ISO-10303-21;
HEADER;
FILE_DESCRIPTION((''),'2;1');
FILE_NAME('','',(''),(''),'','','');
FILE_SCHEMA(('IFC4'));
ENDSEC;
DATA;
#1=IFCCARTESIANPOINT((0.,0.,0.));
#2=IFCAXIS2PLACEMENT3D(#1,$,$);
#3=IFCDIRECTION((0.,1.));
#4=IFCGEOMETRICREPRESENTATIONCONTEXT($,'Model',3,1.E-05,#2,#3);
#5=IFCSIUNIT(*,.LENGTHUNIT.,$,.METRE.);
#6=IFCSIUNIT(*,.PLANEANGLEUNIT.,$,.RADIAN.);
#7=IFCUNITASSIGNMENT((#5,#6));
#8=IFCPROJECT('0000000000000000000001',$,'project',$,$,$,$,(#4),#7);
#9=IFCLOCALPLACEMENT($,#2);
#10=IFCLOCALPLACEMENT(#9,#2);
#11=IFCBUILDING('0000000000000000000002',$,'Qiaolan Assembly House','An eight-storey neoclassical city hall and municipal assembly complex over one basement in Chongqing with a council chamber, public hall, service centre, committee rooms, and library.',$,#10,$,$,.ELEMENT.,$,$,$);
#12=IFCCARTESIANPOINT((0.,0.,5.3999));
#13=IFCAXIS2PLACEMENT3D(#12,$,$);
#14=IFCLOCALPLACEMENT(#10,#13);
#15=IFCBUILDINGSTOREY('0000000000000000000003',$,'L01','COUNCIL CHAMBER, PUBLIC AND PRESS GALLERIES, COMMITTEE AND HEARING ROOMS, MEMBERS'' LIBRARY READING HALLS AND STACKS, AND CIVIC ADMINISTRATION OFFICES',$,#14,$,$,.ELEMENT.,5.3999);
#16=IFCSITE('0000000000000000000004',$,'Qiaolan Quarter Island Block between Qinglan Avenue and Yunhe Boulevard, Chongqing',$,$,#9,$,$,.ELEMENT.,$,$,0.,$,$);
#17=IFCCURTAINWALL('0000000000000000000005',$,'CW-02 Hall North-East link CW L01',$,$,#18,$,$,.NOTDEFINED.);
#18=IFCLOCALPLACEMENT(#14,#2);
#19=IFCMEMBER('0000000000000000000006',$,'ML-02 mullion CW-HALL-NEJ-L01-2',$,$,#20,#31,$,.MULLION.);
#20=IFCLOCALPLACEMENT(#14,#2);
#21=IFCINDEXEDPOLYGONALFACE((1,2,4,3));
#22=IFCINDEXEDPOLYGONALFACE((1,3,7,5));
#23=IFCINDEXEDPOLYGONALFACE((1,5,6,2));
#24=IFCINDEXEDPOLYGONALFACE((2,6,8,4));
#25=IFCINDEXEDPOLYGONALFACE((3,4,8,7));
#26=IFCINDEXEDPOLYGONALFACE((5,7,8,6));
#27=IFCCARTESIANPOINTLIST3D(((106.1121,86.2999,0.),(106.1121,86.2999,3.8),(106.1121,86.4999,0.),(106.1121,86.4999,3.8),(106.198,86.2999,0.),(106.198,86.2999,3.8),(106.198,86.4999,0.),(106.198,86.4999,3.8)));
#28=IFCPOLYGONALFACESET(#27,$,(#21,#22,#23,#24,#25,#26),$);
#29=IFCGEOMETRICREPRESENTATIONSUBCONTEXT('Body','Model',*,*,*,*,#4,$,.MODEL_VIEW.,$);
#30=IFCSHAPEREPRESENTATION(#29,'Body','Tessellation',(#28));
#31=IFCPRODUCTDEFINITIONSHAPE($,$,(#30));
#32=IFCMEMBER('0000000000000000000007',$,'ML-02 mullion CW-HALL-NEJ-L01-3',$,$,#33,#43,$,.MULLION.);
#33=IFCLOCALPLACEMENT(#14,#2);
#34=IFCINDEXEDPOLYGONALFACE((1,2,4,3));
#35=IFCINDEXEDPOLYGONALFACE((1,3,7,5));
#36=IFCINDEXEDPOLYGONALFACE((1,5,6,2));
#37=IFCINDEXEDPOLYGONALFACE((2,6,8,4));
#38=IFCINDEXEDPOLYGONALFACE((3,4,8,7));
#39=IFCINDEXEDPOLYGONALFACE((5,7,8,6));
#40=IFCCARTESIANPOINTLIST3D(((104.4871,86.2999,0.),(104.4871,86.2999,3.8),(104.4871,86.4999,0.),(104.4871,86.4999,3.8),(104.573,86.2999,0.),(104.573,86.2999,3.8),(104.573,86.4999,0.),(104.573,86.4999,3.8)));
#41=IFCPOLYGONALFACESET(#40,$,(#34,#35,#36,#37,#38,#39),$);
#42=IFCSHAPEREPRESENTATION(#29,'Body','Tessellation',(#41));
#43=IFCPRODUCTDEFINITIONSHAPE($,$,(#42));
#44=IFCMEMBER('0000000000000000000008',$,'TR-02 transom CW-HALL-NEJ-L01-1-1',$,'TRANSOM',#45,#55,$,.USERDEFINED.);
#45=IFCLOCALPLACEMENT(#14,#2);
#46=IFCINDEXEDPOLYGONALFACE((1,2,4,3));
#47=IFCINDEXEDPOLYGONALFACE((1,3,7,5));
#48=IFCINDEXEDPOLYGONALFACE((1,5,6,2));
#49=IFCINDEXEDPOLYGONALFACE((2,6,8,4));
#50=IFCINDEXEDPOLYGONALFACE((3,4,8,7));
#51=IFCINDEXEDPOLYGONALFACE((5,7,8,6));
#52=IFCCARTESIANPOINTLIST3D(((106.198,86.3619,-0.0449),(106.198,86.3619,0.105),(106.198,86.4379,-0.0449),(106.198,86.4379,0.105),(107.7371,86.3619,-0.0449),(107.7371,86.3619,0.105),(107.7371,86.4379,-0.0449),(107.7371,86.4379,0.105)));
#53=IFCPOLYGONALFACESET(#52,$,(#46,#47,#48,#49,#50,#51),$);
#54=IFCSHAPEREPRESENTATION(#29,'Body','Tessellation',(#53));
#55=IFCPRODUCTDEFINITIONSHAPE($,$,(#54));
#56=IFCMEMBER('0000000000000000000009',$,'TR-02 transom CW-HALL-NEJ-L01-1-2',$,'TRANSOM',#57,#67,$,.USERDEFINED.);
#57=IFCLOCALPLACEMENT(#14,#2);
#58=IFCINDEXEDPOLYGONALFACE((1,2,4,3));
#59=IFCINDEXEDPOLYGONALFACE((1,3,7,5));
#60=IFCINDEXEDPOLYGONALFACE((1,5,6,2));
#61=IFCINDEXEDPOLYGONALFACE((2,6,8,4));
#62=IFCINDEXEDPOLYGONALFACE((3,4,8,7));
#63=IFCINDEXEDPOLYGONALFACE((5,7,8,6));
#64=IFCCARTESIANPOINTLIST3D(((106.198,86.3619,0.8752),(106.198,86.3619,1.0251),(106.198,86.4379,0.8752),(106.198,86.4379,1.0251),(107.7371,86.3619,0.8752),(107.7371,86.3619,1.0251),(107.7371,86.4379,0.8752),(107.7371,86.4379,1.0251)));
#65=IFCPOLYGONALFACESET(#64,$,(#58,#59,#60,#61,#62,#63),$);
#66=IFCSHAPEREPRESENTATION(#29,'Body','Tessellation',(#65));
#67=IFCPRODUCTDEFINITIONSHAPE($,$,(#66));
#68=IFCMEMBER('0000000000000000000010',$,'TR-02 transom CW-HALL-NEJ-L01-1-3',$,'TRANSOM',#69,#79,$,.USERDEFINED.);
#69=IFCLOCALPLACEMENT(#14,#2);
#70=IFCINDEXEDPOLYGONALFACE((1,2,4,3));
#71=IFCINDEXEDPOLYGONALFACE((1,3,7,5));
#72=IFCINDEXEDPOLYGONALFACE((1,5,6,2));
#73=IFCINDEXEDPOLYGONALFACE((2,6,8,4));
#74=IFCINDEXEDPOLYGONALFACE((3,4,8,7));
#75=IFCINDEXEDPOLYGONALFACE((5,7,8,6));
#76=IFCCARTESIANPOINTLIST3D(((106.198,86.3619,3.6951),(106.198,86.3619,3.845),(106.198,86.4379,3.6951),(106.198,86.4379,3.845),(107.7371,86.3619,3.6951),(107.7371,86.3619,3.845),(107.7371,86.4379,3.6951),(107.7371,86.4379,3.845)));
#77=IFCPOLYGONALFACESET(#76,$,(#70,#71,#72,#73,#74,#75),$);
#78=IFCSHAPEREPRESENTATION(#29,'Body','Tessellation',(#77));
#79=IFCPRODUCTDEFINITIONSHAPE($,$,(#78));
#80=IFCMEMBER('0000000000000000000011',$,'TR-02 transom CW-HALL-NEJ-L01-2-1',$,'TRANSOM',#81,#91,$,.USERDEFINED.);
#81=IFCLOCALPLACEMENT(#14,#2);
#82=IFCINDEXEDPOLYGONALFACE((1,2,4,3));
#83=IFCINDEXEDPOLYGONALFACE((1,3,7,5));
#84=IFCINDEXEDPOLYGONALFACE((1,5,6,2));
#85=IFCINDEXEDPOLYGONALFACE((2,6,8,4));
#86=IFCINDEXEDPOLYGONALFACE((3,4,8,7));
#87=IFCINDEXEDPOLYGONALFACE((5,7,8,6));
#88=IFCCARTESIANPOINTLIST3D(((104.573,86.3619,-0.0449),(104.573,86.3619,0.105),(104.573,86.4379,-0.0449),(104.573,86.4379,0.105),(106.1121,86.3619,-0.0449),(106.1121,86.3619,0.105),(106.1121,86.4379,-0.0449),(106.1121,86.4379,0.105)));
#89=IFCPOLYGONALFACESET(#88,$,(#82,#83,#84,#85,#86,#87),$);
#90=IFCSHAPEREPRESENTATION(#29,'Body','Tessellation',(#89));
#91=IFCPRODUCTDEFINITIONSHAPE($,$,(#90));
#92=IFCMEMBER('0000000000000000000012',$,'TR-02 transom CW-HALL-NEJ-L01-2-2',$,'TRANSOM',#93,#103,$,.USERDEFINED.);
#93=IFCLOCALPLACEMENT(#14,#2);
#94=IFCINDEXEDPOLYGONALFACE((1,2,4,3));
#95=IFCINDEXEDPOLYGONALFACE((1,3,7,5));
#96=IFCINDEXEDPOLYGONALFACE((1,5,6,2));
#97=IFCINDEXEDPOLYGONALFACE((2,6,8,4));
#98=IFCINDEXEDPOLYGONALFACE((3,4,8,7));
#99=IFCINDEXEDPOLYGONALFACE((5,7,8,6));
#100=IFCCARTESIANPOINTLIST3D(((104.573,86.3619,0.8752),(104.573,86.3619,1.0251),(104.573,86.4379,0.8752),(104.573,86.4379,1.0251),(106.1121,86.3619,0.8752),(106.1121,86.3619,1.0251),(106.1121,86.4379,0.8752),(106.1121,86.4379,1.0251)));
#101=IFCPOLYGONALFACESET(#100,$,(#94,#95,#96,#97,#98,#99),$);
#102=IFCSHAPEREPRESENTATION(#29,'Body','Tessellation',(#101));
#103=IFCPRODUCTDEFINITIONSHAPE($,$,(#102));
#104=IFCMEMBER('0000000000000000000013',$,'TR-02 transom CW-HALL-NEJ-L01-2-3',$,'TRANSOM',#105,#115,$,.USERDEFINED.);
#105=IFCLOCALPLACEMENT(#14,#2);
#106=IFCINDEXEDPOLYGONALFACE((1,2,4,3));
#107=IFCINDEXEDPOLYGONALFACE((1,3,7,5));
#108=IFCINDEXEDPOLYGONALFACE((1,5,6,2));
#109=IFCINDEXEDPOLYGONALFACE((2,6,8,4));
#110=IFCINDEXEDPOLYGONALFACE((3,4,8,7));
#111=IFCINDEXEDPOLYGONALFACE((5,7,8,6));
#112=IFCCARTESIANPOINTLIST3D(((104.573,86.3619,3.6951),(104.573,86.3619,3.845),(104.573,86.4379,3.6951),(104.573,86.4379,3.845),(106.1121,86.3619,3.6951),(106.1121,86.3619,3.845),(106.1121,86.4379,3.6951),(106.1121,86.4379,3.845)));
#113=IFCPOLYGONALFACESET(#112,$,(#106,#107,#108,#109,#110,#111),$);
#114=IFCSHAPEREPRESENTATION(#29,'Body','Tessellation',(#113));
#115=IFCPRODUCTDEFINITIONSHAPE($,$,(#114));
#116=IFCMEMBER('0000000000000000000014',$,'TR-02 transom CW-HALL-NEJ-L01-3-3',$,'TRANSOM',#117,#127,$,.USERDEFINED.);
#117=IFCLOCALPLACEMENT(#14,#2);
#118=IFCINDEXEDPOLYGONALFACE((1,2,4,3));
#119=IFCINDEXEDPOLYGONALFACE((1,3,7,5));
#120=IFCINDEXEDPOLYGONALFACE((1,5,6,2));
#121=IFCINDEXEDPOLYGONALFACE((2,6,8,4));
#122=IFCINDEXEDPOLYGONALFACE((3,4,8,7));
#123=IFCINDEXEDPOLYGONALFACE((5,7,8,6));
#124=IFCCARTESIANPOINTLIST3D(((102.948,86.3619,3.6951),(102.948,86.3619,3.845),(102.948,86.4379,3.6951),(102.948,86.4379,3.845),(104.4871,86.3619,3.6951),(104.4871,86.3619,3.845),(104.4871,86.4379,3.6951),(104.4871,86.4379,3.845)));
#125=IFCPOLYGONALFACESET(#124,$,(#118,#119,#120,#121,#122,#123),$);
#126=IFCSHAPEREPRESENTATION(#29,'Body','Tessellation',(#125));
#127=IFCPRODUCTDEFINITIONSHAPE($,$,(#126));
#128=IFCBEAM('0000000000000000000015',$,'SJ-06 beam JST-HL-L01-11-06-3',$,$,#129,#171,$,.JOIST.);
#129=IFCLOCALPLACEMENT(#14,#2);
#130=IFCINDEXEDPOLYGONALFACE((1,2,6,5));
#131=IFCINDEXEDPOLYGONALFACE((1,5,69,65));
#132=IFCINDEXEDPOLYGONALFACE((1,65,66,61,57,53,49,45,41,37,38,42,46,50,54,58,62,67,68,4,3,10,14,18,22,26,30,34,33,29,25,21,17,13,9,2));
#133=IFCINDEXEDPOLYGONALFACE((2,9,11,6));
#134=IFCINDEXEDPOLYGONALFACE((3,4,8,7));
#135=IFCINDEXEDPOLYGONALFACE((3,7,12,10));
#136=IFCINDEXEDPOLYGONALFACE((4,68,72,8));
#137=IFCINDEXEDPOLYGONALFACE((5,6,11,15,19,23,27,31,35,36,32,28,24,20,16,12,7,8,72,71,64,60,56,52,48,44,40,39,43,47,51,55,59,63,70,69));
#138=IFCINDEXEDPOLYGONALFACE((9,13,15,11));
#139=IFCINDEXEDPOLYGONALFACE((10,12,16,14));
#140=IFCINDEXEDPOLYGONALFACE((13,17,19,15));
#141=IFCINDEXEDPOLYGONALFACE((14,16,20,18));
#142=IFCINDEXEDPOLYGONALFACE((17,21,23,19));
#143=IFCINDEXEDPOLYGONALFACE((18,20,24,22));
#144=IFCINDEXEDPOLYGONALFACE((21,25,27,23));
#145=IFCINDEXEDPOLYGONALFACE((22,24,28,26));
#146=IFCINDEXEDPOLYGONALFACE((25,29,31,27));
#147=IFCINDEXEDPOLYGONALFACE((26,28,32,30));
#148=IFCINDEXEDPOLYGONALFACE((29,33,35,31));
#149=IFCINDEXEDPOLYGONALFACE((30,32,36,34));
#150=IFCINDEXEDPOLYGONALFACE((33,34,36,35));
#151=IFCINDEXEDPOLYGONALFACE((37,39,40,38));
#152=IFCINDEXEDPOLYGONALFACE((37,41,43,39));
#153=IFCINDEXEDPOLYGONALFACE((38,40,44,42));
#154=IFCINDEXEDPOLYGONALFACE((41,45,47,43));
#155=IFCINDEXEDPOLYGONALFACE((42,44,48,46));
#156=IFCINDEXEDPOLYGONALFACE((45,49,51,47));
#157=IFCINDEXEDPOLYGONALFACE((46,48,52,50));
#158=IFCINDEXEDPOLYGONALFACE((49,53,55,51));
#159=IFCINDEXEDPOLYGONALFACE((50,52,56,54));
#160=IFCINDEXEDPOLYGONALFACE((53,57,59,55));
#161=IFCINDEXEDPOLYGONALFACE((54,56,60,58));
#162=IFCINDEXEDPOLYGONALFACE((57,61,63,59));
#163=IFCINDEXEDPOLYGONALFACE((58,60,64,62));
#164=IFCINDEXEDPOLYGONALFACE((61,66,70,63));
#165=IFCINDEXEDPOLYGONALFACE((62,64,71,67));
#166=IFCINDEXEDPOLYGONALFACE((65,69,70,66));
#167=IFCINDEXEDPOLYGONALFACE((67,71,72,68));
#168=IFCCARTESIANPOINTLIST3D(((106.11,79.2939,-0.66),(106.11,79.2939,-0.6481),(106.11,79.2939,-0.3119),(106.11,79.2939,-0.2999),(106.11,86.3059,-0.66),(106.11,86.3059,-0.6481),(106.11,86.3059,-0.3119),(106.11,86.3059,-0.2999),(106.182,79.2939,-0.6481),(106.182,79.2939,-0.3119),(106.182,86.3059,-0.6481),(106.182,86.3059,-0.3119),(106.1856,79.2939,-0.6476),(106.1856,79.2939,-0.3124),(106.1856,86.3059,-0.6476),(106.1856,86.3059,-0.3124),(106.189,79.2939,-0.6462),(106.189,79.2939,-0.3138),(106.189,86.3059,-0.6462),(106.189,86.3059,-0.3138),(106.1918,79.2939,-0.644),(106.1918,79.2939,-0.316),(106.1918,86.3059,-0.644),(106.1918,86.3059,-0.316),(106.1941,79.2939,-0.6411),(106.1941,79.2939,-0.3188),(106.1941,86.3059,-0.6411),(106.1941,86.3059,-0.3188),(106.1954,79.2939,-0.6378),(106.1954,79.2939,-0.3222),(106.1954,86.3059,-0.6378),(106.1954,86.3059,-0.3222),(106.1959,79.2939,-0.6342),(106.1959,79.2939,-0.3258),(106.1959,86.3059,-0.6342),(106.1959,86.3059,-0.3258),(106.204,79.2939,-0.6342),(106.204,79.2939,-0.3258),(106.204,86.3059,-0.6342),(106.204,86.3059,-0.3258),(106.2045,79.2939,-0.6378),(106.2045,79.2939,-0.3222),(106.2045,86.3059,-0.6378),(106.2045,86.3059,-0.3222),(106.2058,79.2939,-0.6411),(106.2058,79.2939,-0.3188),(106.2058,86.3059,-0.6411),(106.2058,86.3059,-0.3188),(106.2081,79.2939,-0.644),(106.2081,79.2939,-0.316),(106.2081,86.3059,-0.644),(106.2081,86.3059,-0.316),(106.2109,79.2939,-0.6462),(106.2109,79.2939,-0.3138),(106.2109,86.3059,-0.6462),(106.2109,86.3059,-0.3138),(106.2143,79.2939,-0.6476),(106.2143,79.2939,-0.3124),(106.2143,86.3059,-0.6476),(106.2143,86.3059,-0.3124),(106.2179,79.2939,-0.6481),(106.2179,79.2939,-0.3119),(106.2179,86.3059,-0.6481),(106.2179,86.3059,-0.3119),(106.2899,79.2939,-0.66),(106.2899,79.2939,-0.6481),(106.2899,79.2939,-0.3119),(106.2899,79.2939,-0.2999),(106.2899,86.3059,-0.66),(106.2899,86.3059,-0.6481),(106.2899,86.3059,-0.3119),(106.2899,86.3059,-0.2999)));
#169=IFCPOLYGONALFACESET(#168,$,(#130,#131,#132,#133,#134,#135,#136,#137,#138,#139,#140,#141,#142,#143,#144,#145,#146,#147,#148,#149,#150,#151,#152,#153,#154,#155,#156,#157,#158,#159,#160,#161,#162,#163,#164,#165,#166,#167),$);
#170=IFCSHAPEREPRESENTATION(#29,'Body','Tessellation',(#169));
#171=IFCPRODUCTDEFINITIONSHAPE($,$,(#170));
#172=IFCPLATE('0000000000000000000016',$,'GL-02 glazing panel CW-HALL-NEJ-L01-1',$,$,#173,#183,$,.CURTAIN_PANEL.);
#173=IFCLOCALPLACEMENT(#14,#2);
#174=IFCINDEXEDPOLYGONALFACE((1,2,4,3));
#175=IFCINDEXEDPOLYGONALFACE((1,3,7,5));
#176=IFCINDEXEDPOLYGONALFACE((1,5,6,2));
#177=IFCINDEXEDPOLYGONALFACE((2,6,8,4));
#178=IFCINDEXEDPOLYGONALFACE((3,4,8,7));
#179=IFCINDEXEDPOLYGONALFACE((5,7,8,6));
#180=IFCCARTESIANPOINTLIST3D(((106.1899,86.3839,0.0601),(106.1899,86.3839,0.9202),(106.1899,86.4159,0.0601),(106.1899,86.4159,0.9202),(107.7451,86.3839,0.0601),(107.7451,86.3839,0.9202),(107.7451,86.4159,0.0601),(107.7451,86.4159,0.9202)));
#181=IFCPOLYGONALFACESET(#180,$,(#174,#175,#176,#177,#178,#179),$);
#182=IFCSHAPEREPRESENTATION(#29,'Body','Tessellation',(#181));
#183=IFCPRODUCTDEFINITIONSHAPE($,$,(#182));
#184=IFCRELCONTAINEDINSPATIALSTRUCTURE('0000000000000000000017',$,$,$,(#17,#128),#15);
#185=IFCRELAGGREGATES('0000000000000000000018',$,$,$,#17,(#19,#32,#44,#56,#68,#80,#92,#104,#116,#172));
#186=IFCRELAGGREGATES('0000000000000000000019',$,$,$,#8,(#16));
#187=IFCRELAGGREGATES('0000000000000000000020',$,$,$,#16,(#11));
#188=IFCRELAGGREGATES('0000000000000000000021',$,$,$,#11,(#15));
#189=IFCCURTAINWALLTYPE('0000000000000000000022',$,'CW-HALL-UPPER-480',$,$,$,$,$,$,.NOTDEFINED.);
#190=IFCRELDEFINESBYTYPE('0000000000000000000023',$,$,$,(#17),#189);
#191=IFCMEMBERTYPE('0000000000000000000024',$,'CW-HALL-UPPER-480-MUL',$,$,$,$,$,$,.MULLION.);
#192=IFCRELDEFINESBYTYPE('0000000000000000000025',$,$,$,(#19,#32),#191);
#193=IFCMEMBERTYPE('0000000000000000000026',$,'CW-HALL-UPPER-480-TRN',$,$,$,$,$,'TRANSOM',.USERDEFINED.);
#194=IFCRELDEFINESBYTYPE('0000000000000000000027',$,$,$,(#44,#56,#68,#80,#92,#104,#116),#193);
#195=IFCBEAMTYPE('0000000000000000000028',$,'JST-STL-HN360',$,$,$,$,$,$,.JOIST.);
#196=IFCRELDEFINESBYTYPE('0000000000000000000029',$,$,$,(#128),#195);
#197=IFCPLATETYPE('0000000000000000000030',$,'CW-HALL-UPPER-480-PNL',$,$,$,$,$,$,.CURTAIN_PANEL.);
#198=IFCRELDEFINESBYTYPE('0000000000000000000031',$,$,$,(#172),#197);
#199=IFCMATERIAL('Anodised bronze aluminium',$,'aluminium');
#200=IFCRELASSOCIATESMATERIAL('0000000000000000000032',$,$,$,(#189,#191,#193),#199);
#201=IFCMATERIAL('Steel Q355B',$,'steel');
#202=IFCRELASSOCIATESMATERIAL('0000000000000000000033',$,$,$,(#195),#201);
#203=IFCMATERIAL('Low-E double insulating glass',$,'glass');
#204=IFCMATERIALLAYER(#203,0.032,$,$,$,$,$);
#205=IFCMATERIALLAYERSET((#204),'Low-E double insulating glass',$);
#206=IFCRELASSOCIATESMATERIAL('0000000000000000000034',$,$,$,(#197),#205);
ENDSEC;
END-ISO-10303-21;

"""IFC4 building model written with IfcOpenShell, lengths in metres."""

from ifc_helpers import new_model, si_unit, direction, frame, frame_2d, origin, origin_2d, place, context, subcontext, project, spatial, rectangle, i_section, extrude, material, layer, layer_set, material_profile, profile_set, type_object, element, aggregate, save


model = new_model("IFC4")

# Units and contexts
model_context = context("Model", 3, precision=1e-05, world=origin(), true_north=direction((0.0, 1.0)))
body_context = subcontext(model_context, "Body", "Model", "MODEL_VIEW")
ifc_project = project(units=[si_unit("LENGTHUNIT", "METRE"), si_unit("PLANEANGLEUNIT", "RADIAN")], contexts=[model_context])

# Site, building, storey
site_placement = place(None, origin())
site = spatial("IfcSite", under=ifc_project, at=site_placement, Name="Qiaolan Quarter Island Block between Qinglan Avenue and Yunhe Boulevard, Chongqing", CompositionType="ELEMENT", RefElevation=0.0)
building_placement = place(site_placement, origin())
building = spatial("IfcBuilding", under=site, at=building_placement, Name="Qiaolan Assembly House", Description="An eight-storey neoclassical city hall and municipal assembly complex over one basement in Chongqing with a council chamber, public hall, service centre, committee rooms, and library.", CompositionType="ELEMENT")
storey_placement = place(building_placement, frame((0.0, 0.0, 5.3999)))
storey = spatial("IfcBuildingStorey", under=building, at=storey_placement, Name="L01", Description="COUNCIL CHAMBER, PUBLIC AND PRESS GALLERIES, COMMITTEE AND HEARING ROOMS, MEMBERS' LIBRARY READING HALLS AND STACKS, AND CIVIC ADMINISTRATION OFFICES", CompositionType="ELEMENT", Elevation=5.3999)

# Shared definitions
ifc_material_1 = material(Name="Steel Q355B", Category="steel")

# Curtain wall, members
ifc_material_2 = material(Name="Anodised bronze aluminium", Category="aluminium")
curtain_wall_type_1 = type_object("IfcCurtainWallType", Name="CW-HALL-UPPER-480", PredefinedType="NOTDEFINED", material=ifc_material_2)
curtain_wall_1_placement = place(storey_placement, origin())
curtain_wall_1 = element("IfcCurtainWall", 1, at=curtain_wall_1_placement, inside=storey, type_object=curtain_wall_type_1, Name="CW-02 Hall North-East link CW L01", PredefinedType="NOTDEFINED")
ifc_material_profile_1 = material_profile(ifc_material_2, rectangle(XDim=0.0859, YDim=0.2, at=origin_2d()), Name="MUL 86x200")
ifc_profile_set_1 = profile_set([ifc_material_profile_1], Name="Anodised bronze aluminium")
member_type_1 = type_object("IfcMemberType", Name="CW-HALL-UPPER-480-MUL", PredefinedType="MULLION", material=ifc_profile_set_1)
member_1_placement = place(storey_placement, frame((106.155, 86.3999, 0.0), z_axis=(0.0, 0.0, 1.0), x_axis=(-1.0, 0.0, 0.0)))
member_1 = element("IfcMember", 2, at=member_1_placement, type_object=member_type_1, Name="ML-02 mullion CW-HALL-NEJ-L01-2", PredefinedType="MULLION", context=body_context, shape_type="SweptSolid", body=[
    extrude(rectangle(XDim=0.0859, YDim=0.2, at=origin_2d()), origin(), (0.0, 0.0, 1.0), 3.8),
])
member_2_placement = place(storey_placement, frame((104.53, 86.3999, 0.0), z_axis=(0.0, 0.0, 1.0), x_axis=(-1.0, 0.0, 0.0)))
member_2 = element("IfcMember", 3, at=member_2_placement, type_object=member_type_1, Name="ML-02 mullion CW-HALL-NEJ-L01-3", PredefinedType="MULLION", context=body_context, shape_type="SweptSolid", body=[
    extrude(rectangle(XDim=0.0859, YDim=0.2, at=origin_2d()), origin(), (0.0, 0.0, 1.0), 3.8),
])
ifc_material_profile_2 = material_profile(ifc_material_2, rectangle(XDim=0.0759, YDim=0.1499, at=origin_2d()), Name="TRN 76x150")
ifc_profile_set_2 = profile_set([ifc_material_profile_2], Name="Anodised bronze aluminium")
member_type_2 = type_object("IfcMemberType", Name="CW-HALL-UPPER-480-TRN", ElementType="TRANSOM", PredefinedType="USERDEFINED", material=ifc_profile_set_2)
member_3_placement = place(storey_placement, frame((107.7371, 86.3999, 0.03), z_axis=(-1.0, 0.0, 0.0), x_axis=(0.0, -1.0, 0.0)))
member_3 = element("IfcMember", 4, at=member_3_placement, type_object=member_type_2, Name="TR-02 transom CW-HALL-NEJ-L01-1-1", ObjectType="TRANSOM", PredefinedType="USERDEFINED", context=body_context, shape_type="SweptSolid", body=[
    extrude(rectangle(XDim=0.0759, YDim=0.1499, at=origin_2d()), origin(), (0.0, 0.0, 1.0), 1.5391),
])
member_4_placement = place(storey_placement, frame((107.7371, 86.3999, 0.9502), z_axis=(-1.0, 0.0, 0.0), x_axis=(0.0, -1.0, 0.0)))
member_4 = element("IfcMember", 5, at=member_4_placement, type_object=member_type_2, Name="TR-02 transom CW-HALL-NEJ-L01-1-2", ObjectType="TRANSOM", PredefinedType="USERDEFINED", context=body_context, shape_type="SweptSolid", body=[
    extrude(rectangle(XDim=0.0759, YDim=0.1499, at=origin_2d()), origin(), (0.0, 0.0, 1.0), 1.5391),
])
member_5_placement = place(storey_placement, frame((107.7371, 86.3999, 3.77), z_axis=(-1.0, 0.0, 0.0), x_axis=(0.0, -1.0, 0.0)))
member_5 = element("IfcMember", 6, at=member_5_placement, type_object=member_type_2, Name="TR-02 transom CW-HALL-NEJ-L01-1-3", ObjectType="TRANSOM", PredefinedType="USERDEFINED", context=body_context, shape_type="SweptSolid", body=[
    extrude(rectangle(XDim=0.0759, YDim=0.1499, at=origin_2d()), origin(), (0.0, 0.0, 1.0), 1.5391),
])
member_6_placement = place(storey_placement, frame((106.1121, 86.3999, 0.03), z_axis=(-1.0, 0.0, 0.0), x_axis=(0.0, -1.0, 0.0)))
member_6 = element("IfcMember", 7, at=member_6_placement, type_object=member_type_2, Name="TR-02 transom CW-HALL-NEJ-L01-2-1", ObjectType="TRANSOM", PredefinedType="USERDEFINED", context=body_context, shape_type="SweptSolid", body=[
    extrude(rectangle(XDim=0.0759, YDim=0.1499, at=origin_2d()), origin(), (0.0, 0.0, 1.0), 1.5391),
])
member_7_placement = place(storey_placement, frame((106.1121, 86.3999, 0.9502), z_axis=(-1.0, 0.0, 0.0), x_axis=(0.0, -1.0, 0.0)))
member_7 = element("IfcMember", 8, at=member_7_placement, type_object=member_type_2, Name="TR-02 transom CW-HALL-NEJ-L01-2-2", ObjectType="TRANSOM", PredefinedType="USERDEFINED", context=body_context, shape_type="SweptSolid", body=[
    extrude(rectangle(XDim=0.0759, YDim=0.1499, at=origin_2d()), origin(), (0.0, 0.0, 1.0), 1.5391),
])
member_8_placement = place(storey_placement, frame((106.1121, 86.3999, 3.77), z_axis=(-1.0, 0.0, 0.0), x_axis=(0.0, -1.0, 0.0)))
member_8 = element("IfcMember", 9, at=member_8_placement, type_object=member_type_2, Name="TR-02 transom CW-HALL-NEJ-L01-2-3", ObjectType="TRANSOM", PredefinedType="USERDEFINED", context=body_context, shape_type="SweptSolid", body=[
    extrude(rectangle(XDim=0.0759, YDim=0.1499, at=origin_2d()), origin(), (0.0, 0.0, 1.0), 1.5391),
])
member_9_placement = place(storey_placement, frame((104.4871, 86.3999, 3.77), z_axis=(-1.0, 0.0, 0.0), x_axis=(0.0, -1.0, 0.0)))
member_9 = element("IfcMember", 10, at=member_9_placement, type_object=member_type_2, Name="TR-02 transom CW-HALL-NEJ-L01-3-3", ObjectType="TRANSOM", PredefinedType="USERDEFINED", context=body_context, shape_type="SweptSolid", body=[
    extrude(rectangle(XDim=0.0759, YDim=0.1499, at=origin_2d()), origin(), (0.0, 0.0, 1.0), 1.5391),
])

# Beam
ifc_material_profile_3 = material_profile(ifc_material_1, i_section(OverallWidth=0.1799, OverallDepth=0.3601, WebThickness=0.0081, FlangeThickness=0.012, FilletRadius=0.0139, at=origin_2d()), Name="HN 360x180x8x12")
ifc_profile_set_3 = profile_set([ifc_material_profile_3], Name="Steel Q355B")
beam_type_1 = type_object("IfcBeamType", Name="JST-STL-HN360", PredefinedType="JOIST", material=ifc_profile_set_3)
beam_1_placement = place(storey_placement, frame((106.2, 79.2939, -0.48), z_axis=(0.0, 1.0, 0.0), x_axis=(-1.0, 0.0, 0.0)))
element("IfcBeam", 11, at=beam_1_placement, inside=storey, type_object=beam_type_1, Name="SJ-06 beam JST-HL-L01-11-06-3", PredefinedType="JOIST", context=body_context, shape_type="SweptSolid", body=[
    extrude(i_section(OverallWidth=0.1799, OverallDepth=0.3601, WebThickness=0.0081, FlangeThickness=0.012, FilletRadius=0.0139, at=origin_2d()), origin(), (0.0, 0.0, 1.0), 7.012),
])

# Plate
ifc_material_3 = material(Name="Low-E double insulating glass", Category="glass")
ifc_layer = layer(ifc_material_3, 0.032)
ifc_layer_set = layer_set([ifc_layer], Name="Low-E double insulating glass")
plate_type = type_object("IfcPlateType", Name="CW-HALL-UPPER-480-PNL", PredefinedType="CURTAIN_PANEL", material=ifc_layer_set)
plate_1_placement = place(storey_placement, frame((107.7451, 86.3999, 0.0601), z_axis=(0.0, 0.0, 1.0), x_axis=(-1.0, 0.0, 0.0)))
plate_1 = element("IfcPlate", 12, at=plate_1_placement, type_object=plate_type, Name="GL-02 glazing panel CW-HALL-NEJ-L01-1", PredefinedType="CURTAIN_PANEL", context=body_context, shape_type="SweptSolid", body=[
    extrude(rectangle(XDim=1.5552, YDim=0.032, at=frame_2d((0.7776, 0.0))), origin(), (0.0, 0.0, 1.0), 0.8601),
])
aggregate(curtain_wall_1, [member_1, member_2, member_3, member_4, member_5, member_6, member_7, member_8, member_9, plate_1])

save(model, "model.ifc")
